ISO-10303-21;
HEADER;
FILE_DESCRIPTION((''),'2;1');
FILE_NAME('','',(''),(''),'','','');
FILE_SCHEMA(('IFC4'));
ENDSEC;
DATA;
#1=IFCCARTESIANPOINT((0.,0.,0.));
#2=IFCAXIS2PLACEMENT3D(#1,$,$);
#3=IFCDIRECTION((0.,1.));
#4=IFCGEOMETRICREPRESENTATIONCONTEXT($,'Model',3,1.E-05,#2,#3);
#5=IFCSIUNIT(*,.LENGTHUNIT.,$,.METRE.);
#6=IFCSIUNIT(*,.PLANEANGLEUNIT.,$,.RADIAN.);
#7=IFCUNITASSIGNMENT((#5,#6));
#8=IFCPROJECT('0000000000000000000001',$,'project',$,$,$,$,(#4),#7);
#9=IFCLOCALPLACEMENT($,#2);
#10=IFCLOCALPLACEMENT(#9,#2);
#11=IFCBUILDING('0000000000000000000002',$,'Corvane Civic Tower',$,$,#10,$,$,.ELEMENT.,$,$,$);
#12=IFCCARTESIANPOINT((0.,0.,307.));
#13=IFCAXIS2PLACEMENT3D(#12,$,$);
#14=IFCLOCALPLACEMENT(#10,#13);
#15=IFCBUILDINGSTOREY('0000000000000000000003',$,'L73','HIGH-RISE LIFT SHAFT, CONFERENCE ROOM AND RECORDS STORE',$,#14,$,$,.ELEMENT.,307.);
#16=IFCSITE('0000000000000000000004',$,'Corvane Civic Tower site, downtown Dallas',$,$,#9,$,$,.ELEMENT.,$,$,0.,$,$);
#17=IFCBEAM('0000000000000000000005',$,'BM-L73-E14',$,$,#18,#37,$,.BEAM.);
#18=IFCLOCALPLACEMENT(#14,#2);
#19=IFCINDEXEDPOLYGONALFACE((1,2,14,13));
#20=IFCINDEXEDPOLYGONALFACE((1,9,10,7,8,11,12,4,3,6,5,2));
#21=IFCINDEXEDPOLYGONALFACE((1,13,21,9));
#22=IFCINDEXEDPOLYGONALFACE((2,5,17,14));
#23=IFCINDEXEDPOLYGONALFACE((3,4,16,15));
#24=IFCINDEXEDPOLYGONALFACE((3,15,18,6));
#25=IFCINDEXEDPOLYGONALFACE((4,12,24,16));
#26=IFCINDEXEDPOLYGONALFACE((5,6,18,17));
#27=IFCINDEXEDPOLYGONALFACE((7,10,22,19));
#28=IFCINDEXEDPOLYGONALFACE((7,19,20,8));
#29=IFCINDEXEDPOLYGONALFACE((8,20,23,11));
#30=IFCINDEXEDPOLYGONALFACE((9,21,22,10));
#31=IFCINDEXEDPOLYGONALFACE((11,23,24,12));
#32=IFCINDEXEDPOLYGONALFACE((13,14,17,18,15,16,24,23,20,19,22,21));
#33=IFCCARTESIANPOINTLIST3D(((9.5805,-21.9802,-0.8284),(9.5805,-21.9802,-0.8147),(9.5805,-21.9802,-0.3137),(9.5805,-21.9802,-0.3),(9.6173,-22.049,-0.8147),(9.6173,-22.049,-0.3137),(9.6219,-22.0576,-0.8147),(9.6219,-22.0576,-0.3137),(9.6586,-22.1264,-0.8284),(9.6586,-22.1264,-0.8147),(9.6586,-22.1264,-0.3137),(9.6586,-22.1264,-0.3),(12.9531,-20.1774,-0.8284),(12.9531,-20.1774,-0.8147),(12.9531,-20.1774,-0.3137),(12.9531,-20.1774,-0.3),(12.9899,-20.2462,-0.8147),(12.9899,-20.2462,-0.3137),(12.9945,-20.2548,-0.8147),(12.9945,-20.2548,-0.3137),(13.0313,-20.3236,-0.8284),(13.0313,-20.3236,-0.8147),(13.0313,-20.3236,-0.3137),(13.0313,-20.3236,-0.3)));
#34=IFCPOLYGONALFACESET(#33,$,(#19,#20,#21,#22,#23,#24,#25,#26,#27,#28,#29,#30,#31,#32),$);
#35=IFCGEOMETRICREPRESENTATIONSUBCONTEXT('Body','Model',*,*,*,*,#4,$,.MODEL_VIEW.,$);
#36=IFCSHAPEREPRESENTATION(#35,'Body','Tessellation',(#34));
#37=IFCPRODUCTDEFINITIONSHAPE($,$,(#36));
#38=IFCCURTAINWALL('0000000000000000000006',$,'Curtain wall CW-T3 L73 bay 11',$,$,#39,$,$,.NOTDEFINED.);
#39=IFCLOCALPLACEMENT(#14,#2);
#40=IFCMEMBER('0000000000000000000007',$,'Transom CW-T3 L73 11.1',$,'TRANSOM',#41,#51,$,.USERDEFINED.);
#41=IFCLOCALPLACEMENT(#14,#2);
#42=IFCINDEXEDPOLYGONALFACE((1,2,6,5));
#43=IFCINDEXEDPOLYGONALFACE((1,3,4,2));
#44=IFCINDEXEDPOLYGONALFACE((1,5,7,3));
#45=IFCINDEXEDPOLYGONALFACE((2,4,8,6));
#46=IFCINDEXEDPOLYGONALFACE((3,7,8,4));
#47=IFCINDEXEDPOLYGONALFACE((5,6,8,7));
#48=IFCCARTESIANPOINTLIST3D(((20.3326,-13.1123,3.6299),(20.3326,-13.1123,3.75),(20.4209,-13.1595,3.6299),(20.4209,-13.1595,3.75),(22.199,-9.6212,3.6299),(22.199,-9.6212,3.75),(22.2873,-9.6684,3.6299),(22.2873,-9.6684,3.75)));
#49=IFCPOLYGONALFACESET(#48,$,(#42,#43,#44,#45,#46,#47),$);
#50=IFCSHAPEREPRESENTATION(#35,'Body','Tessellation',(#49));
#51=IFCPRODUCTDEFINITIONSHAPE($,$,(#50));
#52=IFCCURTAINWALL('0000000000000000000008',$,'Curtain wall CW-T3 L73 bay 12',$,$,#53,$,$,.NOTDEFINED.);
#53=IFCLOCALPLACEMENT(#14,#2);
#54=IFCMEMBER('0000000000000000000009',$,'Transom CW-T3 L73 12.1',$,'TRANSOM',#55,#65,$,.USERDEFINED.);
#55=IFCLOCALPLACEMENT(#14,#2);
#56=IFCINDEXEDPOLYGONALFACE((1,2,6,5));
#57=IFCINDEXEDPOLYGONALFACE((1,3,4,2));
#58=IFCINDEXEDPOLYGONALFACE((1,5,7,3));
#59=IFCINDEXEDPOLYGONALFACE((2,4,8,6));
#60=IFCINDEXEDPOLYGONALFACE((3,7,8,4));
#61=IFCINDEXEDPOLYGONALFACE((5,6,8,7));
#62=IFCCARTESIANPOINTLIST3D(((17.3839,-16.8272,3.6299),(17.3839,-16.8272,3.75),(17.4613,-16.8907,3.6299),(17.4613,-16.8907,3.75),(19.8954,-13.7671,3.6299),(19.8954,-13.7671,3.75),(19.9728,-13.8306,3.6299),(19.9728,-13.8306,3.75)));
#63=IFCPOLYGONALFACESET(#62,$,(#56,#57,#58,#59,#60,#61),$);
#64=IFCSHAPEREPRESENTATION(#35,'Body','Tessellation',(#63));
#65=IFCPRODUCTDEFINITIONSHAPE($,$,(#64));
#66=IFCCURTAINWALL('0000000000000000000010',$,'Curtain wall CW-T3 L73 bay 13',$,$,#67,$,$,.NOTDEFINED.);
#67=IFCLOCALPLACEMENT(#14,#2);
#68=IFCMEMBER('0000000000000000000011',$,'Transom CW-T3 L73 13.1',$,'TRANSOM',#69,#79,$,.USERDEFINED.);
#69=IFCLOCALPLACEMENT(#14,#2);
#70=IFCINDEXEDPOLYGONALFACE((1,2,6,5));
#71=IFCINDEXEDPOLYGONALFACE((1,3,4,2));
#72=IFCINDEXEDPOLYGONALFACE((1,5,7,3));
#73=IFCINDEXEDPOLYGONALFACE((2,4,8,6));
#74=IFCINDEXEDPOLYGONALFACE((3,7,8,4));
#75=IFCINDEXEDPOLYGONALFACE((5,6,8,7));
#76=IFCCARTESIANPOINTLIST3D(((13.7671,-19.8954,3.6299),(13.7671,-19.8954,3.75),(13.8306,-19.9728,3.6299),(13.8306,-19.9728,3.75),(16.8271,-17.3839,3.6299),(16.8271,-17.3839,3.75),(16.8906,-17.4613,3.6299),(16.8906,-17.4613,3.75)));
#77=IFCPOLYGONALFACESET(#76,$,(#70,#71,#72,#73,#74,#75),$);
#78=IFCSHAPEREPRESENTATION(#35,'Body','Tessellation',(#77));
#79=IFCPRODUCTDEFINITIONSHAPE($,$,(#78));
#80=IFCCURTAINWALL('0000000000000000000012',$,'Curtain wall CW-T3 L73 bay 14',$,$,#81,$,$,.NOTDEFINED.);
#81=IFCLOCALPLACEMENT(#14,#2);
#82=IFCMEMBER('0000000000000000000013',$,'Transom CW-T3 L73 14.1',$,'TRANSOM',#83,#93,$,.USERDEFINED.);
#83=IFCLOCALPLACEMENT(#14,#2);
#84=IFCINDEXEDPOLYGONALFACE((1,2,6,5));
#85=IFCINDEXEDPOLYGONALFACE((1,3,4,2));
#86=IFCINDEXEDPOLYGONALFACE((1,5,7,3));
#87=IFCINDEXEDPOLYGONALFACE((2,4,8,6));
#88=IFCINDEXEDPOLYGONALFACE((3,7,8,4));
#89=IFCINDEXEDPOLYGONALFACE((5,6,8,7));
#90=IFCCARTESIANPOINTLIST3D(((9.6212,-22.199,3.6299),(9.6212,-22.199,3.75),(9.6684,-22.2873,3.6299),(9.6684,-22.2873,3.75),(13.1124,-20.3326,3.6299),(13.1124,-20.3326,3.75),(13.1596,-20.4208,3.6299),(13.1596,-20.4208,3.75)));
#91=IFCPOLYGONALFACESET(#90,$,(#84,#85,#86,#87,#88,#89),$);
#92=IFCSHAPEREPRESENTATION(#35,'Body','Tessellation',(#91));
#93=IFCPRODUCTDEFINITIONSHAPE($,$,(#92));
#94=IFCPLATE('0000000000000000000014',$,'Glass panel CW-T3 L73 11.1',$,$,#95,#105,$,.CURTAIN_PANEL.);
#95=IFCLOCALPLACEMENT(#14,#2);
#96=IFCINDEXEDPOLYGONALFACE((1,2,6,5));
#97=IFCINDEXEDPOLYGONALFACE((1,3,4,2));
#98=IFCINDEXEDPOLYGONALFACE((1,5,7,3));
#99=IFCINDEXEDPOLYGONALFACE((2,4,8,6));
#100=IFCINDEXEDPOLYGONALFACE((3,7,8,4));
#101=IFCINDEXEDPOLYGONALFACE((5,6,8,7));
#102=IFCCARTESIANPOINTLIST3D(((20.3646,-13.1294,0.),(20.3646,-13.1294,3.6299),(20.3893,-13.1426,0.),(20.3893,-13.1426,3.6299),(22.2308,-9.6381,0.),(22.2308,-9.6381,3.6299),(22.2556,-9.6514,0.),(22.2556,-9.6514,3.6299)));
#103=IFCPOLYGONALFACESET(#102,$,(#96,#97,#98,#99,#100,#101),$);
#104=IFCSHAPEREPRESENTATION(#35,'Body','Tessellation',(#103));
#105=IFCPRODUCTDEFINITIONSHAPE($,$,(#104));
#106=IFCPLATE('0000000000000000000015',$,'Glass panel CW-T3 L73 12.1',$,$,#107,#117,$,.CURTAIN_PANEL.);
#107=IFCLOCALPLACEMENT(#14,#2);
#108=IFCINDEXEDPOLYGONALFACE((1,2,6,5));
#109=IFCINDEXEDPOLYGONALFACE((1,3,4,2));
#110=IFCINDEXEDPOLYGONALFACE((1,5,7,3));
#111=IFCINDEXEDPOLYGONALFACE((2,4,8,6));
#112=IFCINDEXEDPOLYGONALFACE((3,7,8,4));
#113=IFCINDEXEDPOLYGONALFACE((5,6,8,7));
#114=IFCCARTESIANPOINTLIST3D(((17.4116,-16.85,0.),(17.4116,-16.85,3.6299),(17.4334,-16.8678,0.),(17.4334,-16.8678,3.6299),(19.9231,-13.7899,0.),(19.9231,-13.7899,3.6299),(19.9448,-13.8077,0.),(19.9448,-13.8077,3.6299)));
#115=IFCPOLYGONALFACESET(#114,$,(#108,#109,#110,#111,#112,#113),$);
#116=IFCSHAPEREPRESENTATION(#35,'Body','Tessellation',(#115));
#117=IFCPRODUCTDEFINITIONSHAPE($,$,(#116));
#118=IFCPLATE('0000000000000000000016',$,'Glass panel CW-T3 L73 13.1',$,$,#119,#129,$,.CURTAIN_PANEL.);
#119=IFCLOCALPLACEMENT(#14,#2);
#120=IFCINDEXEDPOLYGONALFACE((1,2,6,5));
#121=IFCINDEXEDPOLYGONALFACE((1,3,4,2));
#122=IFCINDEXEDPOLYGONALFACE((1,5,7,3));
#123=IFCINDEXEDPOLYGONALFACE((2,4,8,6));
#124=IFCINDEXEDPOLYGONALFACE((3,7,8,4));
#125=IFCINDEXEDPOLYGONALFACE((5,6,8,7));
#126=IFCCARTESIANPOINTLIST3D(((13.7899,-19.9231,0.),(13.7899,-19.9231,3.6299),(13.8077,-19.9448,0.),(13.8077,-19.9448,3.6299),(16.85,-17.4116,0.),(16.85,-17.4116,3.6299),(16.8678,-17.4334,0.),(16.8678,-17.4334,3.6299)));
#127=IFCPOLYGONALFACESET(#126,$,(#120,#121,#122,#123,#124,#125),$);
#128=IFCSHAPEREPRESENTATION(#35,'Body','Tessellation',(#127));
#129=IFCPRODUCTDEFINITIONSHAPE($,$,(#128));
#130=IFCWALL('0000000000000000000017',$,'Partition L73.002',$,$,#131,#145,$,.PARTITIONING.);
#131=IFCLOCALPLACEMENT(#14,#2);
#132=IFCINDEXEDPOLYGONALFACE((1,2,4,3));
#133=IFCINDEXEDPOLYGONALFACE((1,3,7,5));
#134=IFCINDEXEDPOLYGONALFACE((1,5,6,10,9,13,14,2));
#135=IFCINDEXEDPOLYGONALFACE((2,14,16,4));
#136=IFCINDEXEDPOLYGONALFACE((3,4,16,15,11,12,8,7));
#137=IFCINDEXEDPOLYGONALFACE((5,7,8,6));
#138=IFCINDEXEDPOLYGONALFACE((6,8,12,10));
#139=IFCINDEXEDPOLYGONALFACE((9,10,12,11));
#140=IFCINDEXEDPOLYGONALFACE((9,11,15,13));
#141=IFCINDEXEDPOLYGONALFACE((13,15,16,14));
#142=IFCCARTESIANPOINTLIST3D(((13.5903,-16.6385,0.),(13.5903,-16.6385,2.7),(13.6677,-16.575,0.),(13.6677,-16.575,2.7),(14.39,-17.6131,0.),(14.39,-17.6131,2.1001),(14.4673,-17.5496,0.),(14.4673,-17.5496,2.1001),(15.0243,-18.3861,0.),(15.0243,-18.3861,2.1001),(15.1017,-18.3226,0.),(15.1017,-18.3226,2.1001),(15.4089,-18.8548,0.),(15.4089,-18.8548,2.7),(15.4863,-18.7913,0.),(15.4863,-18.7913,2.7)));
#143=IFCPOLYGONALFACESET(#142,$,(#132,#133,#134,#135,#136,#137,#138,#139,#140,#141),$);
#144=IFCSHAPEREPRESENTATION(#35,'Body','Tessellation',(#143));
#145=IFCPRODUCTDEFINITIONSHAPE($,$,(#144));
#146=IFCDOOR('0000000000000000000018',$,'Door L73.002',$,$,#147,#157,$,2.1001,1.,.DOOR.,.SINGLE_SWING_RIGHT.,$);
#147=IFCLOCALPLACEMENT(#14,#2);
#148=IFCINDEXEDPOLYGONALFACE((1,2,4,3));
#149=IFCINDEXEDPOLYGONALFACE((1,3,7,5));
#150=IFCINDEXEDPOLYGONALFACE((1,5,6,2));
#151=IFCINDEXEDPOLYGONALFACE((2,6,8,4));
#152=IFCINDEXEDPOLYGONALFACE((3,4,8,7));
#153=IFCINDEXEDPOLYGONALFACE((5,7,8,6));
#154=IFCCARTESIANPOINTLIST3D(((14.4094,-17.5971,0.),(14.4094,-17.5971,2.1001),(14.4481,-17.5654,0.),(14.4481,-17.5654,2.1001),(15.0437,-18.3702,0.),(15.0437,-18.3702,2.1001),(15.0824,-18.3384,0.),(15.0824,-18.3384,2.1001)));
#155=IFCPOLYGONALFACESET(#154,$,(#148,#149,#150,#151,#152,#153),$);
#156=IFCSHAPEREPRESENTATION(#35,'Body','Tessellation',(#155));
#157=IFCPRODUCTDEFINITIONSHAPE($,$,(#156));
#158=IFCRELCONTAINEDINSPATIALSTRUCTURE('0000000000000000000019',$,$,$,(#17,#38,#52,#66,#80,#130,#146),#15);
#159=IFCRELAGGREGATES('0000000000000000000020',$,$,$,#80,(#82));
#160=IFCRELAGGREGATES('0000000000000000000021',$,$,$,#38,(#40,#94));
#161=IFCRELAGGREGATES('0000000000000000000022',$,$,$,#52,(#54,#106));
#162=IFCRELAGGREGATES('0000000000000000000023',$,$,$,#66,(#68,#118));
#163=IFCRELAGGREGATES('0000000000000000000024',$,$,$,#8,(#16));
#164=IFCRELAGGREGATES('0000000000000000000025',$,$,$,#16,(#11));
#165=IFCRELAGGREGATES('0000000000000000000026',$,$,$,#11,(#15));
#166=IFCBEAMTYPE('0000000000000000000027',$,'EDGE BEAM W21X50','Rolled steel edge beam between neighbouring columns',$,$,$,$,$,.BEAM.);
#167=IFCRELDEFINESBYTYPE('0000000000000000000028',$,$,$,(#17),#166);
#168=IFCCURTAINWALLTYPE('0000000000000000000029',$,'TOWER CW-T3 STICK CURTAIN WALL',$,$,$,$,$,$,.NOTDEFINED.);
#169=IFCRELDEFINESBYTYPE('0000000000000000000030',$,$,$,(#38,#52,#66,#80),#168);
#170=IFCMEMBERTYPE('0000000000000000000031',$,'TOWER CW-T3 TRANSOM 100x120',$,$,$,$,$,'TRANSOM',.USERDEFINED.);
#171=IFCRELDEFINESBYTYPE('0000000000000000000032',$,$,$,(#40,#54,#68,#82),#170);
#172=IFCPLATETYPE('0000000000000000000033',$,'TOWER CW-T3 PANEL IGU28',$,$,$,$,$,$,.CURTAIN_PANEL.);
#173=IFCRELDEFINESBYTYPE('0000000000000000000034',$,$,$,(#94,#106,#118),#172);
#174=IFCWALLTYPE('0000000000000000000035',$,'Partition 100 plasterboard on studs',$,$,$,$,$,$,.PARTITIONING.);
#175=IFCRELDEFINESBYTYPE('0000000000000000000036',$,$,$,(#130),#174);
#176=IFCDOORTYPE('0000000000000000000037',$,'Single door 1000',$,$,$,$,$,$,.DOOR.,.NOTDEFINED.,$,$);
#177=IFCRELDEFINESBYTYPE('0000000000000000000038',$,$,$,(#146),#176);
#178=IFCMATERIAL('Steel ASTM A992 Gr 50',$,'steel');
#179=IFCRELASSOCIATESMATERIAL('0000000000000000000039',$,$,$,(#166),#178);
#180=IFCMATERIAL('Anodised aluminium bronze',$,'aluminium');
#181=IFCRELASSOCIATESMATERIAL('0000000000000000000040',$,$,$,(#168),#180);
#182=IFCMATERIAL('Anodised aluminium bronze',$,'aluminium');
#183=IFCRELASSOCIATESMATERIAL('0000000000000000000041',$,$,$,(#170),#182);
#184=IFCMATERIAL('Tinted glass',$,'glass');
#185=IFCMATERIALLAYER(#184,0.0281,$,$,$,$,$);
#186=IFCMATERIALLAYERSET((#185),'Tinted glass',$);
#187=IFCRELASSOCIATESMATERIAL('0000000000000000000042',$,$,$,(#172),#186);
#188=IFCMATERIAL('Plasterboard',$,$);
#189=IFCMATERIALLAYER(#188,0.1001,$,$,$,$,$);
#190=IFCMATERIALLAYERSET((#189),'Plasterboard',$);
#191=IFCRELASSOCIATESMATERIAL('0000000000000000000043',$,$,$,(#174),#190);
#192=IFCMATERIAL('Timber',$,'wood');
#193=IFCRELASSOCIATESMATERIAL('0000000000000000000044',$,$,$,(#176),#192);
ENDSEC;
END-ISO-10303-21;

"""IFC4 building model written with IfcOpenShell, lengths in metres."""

from ifc_helpers import new_model, si_unit, direction, frame, frame_2d, origin, origin_2d, place, context, subcontext, project, spatial, rectangle, i_section, extrude, material, layer, layer_set, material_profile, profile_set, type_object, element, fill, aggregate, save


model = new_model("IFC4")

# Units and contexts
model_context = context("Model", 3, precision=1e-05, world=origin(), true_north=direction((0.0, 1.0)))
body_context = subcontext(model_context, "Body", "Model", "MODEL_VIEW")
ifc_project = project(units=[si_unit("LENGTHUNIT", "METRE"), si_unit("PLANEANGLEUNIT", "RADIAN")], contexts=[model_context])

# Site, building, storey
site_placement = place(None, origin())
site = spatial("IfcSite", under=ifc_project, at=site_placement, Name="Corvane Civic Tower site, downtown Dallas", CompositionType="ELEMENT", RefElevation=0.0)
building_placement = place(site_placement, origin())
building = spatial("IfcBuilding", under=site, at=building_placement, Name="Corvane Civic Tower", CompositionType="ELEMENT")
storey_placement = place(building_placement, frame((0.0, 0.0, 307.0)))
storey = spatial("IfcBuildingStorey", under=building, at=storey_placement, Name="L73", Description="HIGH-RISE LIFT SHAFT, CONFERENCE ROOM AND RECORDS STORE", CompositionType="ELEMENT", Elevation=307.0)

# Beam
ifc_material_1 = material(Name="Steel ASTM A992 Gr 50", Category="steel")
ifc_material_profile_1 = material_profile(ifc_material_1, i_section(OverallWidth=0.1658, OverallDepth=0.5283, WebThickness=0.0098, FlangeThickness=0.0137, at=origin_2d()), Name="W21X50")
ifc_profile_set_1 = profile_set([ifc_material_profile_1], Name="Steel ASTM A992 Gr 50")
beam_type = type_object("IfcBeamType", Name="EDGE BEAM W21X50", Description="Rolled steel edge beam between neighbouring columns", PredefinedType="BEAM", material=ifc_profile_set_1)
beam_1_placement = place(storey_placement, frame((12.9922, -20.2505, -0.5642), z_axis=(-0.881914, -0.47141, 0.0), x_axis=(0.47141, -0.881914, 0.0)))
element("IfcBeam", 1, at=beam_1_placement, inside=storey, type_object=beam_type, Name="BM-L73-E14", PredefinedType="BEAM", context=body_context, shape_type="SweptSolid", body=[
    extrude(i_section(OverallWidth=0.1658, OverallDepth=0.5283, WebThickness=0.0098, FlangeThickness=0.0137, at=origin_2d()), origin(), (0.0, 0.0, 1.0), 3.8242),
])

# Curtain walls, members
ifc_material_2 = material(Name="Anodised aluminium bronze", Category="aluminium")
curtain_wall_type = type_object("IfcCurtainWallType", Name="TOWER CW-T3 STICK CURTAIN WALL", PredefinedType="NOTDEFINED", material=ifc_material_2)
curtain_wall_1_placement = place(storey_placement, origin())
curtain_wall_1 = element("IfcCurtainWall", 2, at=curtain_wall_1_placement, inside=storey, type_object=curtain_wall_type, Name="Curtain wall CW-T3 L73 bay 11", PredefinedType="NOTDEFINED")
ifc_material_3 = material(Name="Anodised aluminium bronze", Category="aluminium")
ifc_material_profile_2 = material_profile(ifc_material_3, rectangle(XDim=0.1001, YDim=0.1201, at=origin_2d()), Name="TOWER CW-T3 TRANSOM 100x120")
ifc_profile_set_2 = profile_set([ifc_material_profile_2], Name="Anodised aluminium bronze")
member_type = type_object("IfcMemberType", Name="TOWER CW-T3 TRANSOM 100x120", ElementType="TRANSOM", PredefinedType="USERDEFINED", material=ifc_profile_set_2)
member_1_placement = place(storey_placement, frame((22.2432, -9.6448, 3.6899), z_axis=(-0.471468, -0.881883, 0.0), x_axis=(0.881883, -0.471468, 0.0)))
member_1 = element("IfcMember", 3, at=member_1_placement, type_object=member_type, Name="Transom CW-T3 L73 11.1", ObjectType="TRANSOM", PredefinedType="USERDEFINED", context=body_context, shape_type="SweptSolid", body=[
    extrude(rectangle(XDim=0.1001, YDim=0.1201, at=origin_2d()), origin(), (0.0, 0.0, 1.0), 3.9587),
])
curtain_wall_2_placement = place(storey_placement, origin())
curtain_wall_2 = element("IfcCurtainWall", 4, at=curtain_wall_2_placement, inside=storey, type_object=curtain_wall_type, Name="Curtain wall CW-T3 L73 bay 12", PredefinedType="NOTDEFINED")
member_2_placement = place(storey_placement, frame((19.9341, -13.7988, 3.6899), z_axis=(-0.634416, -0.772992, 0.0), x_axis=(0.772992, -0.634416, 0.0)))
member_2 = element("IfcMember", 5, at=member_2_placement, type_object=member_type, Name="Transom CW-T3 L73 12.1", ObjectType="TRANSOM", PredefinedType="USERDEFINED", context=body_context, shape_type="SweptSolid", body=[
    extrude(rectangle(XDim=0.1001, YDim=0.1201, at=origin_2d()), origin(), (0.0, 0.0, 1.0), 3.9587),
])
curtain_wall_3_placement = place(storey_placement, origin())
curtain_wall_3 = element("IfcCurtainWall", 6, at=curtain_wall_3_placement, inside=storey, type_object=curtain_wall_type, Name="Curtain wall CW-T3 L73 bay 13", PredefinedType="NOTDEFINED")
member_3_placement = place(storey_placement, frame((16.8589, -17.4226, 3.6899), z_axis=(-0.772992, -0.634416, 0.0), x_axis=(0.634416, -0.772992, 0.0)))
member_3 = element("IfcMember", 7, at=member_3_placement, type_object=member_type, Name="Transom CW-T3 L73 13.1", ObjectType="TRANSOM", PredefinedType="USERDEFINED", context=body_context, shape_type="SweptSolid", body=[
    extrude(rectangle(XDim=0.1001, YDim=0.1201, at=origin_2d()), origin(), (0.0, 0.0, 1.0), 3.9587),
])
curtain_wall_4_placement = place(storey_placement, origin())
curtain_wall_4 = element("IfcCurtainWall", 8, at=curtain_wall_4_placement, inside=storey, type_object=curtain_wall_type, Name="Curtain wall CW-T3 L73 bay 14", PredefinedType="NOTDEFINED")
member_4_placement = place(storey_placement, frame((13.136, -20.3767, 3.6899), z_axis=(-0.881883, -0.471468, 0.0), x_axis=(0.471468, -0.881883, 0.0)))
member_4 = element("IfcMember", 9, at=member_4_placement, type_object=member_type, Name="Transom CW-T3 L73 14.1", ObjectType="TRANSOM", PredefinedType="USERDEFINED", context=body_context, shape_type="SweptSolid", body=[
    extrude(rectangle(XDim=0.1001, YDim=0.1201, at=origin_2d()), origin(), (0.0, 0.0, 1.0), 3.9587),
])
aggregate(curtain_wall_4, [member_4])

# Plates
ifc_material_4 = material(Name="Tinted glass", Category="glass")
ifc_layer_1 = layer(ifc_material_4, 0.0281)
ifc_layer_set_1 = layer_set([ifc_layer_1], Name="Tinted glass")
plate_type = type_object("IfcPlateType", Name="TOWER CW-T3 PANEL IGU28", PredefinedType="CURTAIN_PANEL", material=ifc_layer_set_1)
plate_1_placement = place(storey_placement, frame((21.3101, -11.3904, 0.0), z_axis=(0.0, 0.0, 1.0), x_axis=(-0.471421, -0.881908, 0.0)))
plate_1 = element("IfcPlate", 10, at=plate_1_placement, type_object=plate_type, Name="Glass panel CW-T3 L73 11.1", PredefinedType="CURTAIN_PANEL", context=body_context, shape_type="SweptSolid", body=[
    extrude(rectangle(XDim=3.9587, YDim=0.0281, at=origin_2d()), origin(), (0.0, 0.0, 1.0), 3.6299),
])
aggregate(curtain_wall_1, [member_1, plate_1])
plate_2_placement = place(storey_placement, frame((18.6782, -15.3289, 0.0), z_axis=(0.0, 0.0, 1.0), x_axis=(-0.634405, -0.773001, 0.0)))
plate_2 = element("IfcPlate", 11, at=plate_2_placement, type_object=plate_type, Name="Glass panel CW-T3 L73 12.1", PredefinedType="CURTAIN_PANEL", context=body_context, shape_type="SweptSolid", body=[
    extrude(rectangle(XDim=3.9587, YDim=0.0281, at=origin_2d()), origin(), (0.0, 0.0, 1.0), 3.6299),
])
aggregate(curtain_wall_2, [member_2, plate_2])
plate_3_placement = place(storey_placement, frame((15.3289, -18.6782, 0.0), z_axis=(0.0, 0.0, 1.0), x_axis=(-0.773001, -0.634405, 0.0)))
plate_3 = element("IfcPlate", 12, at=plate_3_placement, type_object=plate_type, Name="Glass panel CW-T3 L73 13.1", PredefinedType="CURTAIN_PANEL", context=body_context, shape_type="SweptSolid", body=[
    extrude(rectangle(XDim=3.9587, YDim=0.0281, at=origin_2d()), origin(), (0.0, 0.0, 1.0), 3.6299),
])
aggregate(curtain_wall_3, [member_3, plate_3])

# Wall, opening, door
ifc_material_5 = material(Name="Plasterboard")
ifc_layer_2 = layer(ifc_material_5, 0.1001)
ifc_layer_set_2 = layer_set([ifc_layer_2], Name="Plasterboard")
wall_type_1 = type_object("IfcWallType", Name="Partition 100 plasterboard on studs", PredefinedType="PARTITIONING", material=ifc_layer_set_2)
wall_1_placement = place(storey_placement, frame((13.6289, -16.6067, 0.0), z_axis=(0.0, 0.0, 1.0), x_axis=(0.634336, -0.773057, 0.0)))
wall_1 = element("IfcWall", 13, at=wall_1_placement, inside=storey, type_object=wall_type_1, Name="Partition L73.002", PredefinedType="PARTITIONING", context=body_context, shape_type="SweptSolid", body=[
    extrude(rectangle(XDim=2.8669, YDim=0.1001, at=frame_2d((1.4336, 0.0))), origin(), (0.0, 0.0, 1.0), 2.7),
])
opening_1_placement = place(wall_1_placement, frame((1.2607, 0.0, 0.0)))
opening_1 = element("IfcOpeningElement", 14, at=opening_1_placement, cuts=wall_1, PredefinedType="OPENING", context=body_context, shape_type="SweptSolid", body=[
    extrude(rectangle(XDim=1.0, YDim=2.1001, at=frame_2d((0.5, 1.05))), frame((0.0, 0.0601, 0.0), z_axis=(0.0, -1.0, 0.0), x_axis=(1.0, 0.0, 0.0)), (0.0, 0.0, 1.0), 0.1201),
])
ifc_material_6 = material(Name="Timber", Category="wood")
door_type_1 = type_object("IfcDoorType", Name="Single door 1000", OperationType="NOTDEFINED", PredefinedType="DOOR", material=ifc_material_6)
door_1_placement = place(opening_1_placement, frame((1.0, 0.0, 0.0), z_axis=(0.0, 0.0, 1.0), x_axis=(-1.0, 0.0, 0.0)))
door_1 = element("IfcDoor", 15, at=door_1_placement, inside=storey, type_object=door_type_1, Name="Door L73.002", OperationType="SINGLE_SWING_RIGHT", OverallHeight=2.1001, OverallWidth=1.0, PredefinedType="DOOR", context=body_context, shape_type="SweptSolid", body=[
    extrude(rectangle(XDim=1.0, YDim=2.1001, at=frame_2d((0.5, 1.05))), frame((0.0, 0.0249, 0.0), z_axis=(0.0, -1.0, 0.0), x_axis=(1.0, 0.0, 0.0)), (0.0, 0.0, 1.0), 0.05),
])
fill(opening_1, door_1)

save(model, "model.ifc")
